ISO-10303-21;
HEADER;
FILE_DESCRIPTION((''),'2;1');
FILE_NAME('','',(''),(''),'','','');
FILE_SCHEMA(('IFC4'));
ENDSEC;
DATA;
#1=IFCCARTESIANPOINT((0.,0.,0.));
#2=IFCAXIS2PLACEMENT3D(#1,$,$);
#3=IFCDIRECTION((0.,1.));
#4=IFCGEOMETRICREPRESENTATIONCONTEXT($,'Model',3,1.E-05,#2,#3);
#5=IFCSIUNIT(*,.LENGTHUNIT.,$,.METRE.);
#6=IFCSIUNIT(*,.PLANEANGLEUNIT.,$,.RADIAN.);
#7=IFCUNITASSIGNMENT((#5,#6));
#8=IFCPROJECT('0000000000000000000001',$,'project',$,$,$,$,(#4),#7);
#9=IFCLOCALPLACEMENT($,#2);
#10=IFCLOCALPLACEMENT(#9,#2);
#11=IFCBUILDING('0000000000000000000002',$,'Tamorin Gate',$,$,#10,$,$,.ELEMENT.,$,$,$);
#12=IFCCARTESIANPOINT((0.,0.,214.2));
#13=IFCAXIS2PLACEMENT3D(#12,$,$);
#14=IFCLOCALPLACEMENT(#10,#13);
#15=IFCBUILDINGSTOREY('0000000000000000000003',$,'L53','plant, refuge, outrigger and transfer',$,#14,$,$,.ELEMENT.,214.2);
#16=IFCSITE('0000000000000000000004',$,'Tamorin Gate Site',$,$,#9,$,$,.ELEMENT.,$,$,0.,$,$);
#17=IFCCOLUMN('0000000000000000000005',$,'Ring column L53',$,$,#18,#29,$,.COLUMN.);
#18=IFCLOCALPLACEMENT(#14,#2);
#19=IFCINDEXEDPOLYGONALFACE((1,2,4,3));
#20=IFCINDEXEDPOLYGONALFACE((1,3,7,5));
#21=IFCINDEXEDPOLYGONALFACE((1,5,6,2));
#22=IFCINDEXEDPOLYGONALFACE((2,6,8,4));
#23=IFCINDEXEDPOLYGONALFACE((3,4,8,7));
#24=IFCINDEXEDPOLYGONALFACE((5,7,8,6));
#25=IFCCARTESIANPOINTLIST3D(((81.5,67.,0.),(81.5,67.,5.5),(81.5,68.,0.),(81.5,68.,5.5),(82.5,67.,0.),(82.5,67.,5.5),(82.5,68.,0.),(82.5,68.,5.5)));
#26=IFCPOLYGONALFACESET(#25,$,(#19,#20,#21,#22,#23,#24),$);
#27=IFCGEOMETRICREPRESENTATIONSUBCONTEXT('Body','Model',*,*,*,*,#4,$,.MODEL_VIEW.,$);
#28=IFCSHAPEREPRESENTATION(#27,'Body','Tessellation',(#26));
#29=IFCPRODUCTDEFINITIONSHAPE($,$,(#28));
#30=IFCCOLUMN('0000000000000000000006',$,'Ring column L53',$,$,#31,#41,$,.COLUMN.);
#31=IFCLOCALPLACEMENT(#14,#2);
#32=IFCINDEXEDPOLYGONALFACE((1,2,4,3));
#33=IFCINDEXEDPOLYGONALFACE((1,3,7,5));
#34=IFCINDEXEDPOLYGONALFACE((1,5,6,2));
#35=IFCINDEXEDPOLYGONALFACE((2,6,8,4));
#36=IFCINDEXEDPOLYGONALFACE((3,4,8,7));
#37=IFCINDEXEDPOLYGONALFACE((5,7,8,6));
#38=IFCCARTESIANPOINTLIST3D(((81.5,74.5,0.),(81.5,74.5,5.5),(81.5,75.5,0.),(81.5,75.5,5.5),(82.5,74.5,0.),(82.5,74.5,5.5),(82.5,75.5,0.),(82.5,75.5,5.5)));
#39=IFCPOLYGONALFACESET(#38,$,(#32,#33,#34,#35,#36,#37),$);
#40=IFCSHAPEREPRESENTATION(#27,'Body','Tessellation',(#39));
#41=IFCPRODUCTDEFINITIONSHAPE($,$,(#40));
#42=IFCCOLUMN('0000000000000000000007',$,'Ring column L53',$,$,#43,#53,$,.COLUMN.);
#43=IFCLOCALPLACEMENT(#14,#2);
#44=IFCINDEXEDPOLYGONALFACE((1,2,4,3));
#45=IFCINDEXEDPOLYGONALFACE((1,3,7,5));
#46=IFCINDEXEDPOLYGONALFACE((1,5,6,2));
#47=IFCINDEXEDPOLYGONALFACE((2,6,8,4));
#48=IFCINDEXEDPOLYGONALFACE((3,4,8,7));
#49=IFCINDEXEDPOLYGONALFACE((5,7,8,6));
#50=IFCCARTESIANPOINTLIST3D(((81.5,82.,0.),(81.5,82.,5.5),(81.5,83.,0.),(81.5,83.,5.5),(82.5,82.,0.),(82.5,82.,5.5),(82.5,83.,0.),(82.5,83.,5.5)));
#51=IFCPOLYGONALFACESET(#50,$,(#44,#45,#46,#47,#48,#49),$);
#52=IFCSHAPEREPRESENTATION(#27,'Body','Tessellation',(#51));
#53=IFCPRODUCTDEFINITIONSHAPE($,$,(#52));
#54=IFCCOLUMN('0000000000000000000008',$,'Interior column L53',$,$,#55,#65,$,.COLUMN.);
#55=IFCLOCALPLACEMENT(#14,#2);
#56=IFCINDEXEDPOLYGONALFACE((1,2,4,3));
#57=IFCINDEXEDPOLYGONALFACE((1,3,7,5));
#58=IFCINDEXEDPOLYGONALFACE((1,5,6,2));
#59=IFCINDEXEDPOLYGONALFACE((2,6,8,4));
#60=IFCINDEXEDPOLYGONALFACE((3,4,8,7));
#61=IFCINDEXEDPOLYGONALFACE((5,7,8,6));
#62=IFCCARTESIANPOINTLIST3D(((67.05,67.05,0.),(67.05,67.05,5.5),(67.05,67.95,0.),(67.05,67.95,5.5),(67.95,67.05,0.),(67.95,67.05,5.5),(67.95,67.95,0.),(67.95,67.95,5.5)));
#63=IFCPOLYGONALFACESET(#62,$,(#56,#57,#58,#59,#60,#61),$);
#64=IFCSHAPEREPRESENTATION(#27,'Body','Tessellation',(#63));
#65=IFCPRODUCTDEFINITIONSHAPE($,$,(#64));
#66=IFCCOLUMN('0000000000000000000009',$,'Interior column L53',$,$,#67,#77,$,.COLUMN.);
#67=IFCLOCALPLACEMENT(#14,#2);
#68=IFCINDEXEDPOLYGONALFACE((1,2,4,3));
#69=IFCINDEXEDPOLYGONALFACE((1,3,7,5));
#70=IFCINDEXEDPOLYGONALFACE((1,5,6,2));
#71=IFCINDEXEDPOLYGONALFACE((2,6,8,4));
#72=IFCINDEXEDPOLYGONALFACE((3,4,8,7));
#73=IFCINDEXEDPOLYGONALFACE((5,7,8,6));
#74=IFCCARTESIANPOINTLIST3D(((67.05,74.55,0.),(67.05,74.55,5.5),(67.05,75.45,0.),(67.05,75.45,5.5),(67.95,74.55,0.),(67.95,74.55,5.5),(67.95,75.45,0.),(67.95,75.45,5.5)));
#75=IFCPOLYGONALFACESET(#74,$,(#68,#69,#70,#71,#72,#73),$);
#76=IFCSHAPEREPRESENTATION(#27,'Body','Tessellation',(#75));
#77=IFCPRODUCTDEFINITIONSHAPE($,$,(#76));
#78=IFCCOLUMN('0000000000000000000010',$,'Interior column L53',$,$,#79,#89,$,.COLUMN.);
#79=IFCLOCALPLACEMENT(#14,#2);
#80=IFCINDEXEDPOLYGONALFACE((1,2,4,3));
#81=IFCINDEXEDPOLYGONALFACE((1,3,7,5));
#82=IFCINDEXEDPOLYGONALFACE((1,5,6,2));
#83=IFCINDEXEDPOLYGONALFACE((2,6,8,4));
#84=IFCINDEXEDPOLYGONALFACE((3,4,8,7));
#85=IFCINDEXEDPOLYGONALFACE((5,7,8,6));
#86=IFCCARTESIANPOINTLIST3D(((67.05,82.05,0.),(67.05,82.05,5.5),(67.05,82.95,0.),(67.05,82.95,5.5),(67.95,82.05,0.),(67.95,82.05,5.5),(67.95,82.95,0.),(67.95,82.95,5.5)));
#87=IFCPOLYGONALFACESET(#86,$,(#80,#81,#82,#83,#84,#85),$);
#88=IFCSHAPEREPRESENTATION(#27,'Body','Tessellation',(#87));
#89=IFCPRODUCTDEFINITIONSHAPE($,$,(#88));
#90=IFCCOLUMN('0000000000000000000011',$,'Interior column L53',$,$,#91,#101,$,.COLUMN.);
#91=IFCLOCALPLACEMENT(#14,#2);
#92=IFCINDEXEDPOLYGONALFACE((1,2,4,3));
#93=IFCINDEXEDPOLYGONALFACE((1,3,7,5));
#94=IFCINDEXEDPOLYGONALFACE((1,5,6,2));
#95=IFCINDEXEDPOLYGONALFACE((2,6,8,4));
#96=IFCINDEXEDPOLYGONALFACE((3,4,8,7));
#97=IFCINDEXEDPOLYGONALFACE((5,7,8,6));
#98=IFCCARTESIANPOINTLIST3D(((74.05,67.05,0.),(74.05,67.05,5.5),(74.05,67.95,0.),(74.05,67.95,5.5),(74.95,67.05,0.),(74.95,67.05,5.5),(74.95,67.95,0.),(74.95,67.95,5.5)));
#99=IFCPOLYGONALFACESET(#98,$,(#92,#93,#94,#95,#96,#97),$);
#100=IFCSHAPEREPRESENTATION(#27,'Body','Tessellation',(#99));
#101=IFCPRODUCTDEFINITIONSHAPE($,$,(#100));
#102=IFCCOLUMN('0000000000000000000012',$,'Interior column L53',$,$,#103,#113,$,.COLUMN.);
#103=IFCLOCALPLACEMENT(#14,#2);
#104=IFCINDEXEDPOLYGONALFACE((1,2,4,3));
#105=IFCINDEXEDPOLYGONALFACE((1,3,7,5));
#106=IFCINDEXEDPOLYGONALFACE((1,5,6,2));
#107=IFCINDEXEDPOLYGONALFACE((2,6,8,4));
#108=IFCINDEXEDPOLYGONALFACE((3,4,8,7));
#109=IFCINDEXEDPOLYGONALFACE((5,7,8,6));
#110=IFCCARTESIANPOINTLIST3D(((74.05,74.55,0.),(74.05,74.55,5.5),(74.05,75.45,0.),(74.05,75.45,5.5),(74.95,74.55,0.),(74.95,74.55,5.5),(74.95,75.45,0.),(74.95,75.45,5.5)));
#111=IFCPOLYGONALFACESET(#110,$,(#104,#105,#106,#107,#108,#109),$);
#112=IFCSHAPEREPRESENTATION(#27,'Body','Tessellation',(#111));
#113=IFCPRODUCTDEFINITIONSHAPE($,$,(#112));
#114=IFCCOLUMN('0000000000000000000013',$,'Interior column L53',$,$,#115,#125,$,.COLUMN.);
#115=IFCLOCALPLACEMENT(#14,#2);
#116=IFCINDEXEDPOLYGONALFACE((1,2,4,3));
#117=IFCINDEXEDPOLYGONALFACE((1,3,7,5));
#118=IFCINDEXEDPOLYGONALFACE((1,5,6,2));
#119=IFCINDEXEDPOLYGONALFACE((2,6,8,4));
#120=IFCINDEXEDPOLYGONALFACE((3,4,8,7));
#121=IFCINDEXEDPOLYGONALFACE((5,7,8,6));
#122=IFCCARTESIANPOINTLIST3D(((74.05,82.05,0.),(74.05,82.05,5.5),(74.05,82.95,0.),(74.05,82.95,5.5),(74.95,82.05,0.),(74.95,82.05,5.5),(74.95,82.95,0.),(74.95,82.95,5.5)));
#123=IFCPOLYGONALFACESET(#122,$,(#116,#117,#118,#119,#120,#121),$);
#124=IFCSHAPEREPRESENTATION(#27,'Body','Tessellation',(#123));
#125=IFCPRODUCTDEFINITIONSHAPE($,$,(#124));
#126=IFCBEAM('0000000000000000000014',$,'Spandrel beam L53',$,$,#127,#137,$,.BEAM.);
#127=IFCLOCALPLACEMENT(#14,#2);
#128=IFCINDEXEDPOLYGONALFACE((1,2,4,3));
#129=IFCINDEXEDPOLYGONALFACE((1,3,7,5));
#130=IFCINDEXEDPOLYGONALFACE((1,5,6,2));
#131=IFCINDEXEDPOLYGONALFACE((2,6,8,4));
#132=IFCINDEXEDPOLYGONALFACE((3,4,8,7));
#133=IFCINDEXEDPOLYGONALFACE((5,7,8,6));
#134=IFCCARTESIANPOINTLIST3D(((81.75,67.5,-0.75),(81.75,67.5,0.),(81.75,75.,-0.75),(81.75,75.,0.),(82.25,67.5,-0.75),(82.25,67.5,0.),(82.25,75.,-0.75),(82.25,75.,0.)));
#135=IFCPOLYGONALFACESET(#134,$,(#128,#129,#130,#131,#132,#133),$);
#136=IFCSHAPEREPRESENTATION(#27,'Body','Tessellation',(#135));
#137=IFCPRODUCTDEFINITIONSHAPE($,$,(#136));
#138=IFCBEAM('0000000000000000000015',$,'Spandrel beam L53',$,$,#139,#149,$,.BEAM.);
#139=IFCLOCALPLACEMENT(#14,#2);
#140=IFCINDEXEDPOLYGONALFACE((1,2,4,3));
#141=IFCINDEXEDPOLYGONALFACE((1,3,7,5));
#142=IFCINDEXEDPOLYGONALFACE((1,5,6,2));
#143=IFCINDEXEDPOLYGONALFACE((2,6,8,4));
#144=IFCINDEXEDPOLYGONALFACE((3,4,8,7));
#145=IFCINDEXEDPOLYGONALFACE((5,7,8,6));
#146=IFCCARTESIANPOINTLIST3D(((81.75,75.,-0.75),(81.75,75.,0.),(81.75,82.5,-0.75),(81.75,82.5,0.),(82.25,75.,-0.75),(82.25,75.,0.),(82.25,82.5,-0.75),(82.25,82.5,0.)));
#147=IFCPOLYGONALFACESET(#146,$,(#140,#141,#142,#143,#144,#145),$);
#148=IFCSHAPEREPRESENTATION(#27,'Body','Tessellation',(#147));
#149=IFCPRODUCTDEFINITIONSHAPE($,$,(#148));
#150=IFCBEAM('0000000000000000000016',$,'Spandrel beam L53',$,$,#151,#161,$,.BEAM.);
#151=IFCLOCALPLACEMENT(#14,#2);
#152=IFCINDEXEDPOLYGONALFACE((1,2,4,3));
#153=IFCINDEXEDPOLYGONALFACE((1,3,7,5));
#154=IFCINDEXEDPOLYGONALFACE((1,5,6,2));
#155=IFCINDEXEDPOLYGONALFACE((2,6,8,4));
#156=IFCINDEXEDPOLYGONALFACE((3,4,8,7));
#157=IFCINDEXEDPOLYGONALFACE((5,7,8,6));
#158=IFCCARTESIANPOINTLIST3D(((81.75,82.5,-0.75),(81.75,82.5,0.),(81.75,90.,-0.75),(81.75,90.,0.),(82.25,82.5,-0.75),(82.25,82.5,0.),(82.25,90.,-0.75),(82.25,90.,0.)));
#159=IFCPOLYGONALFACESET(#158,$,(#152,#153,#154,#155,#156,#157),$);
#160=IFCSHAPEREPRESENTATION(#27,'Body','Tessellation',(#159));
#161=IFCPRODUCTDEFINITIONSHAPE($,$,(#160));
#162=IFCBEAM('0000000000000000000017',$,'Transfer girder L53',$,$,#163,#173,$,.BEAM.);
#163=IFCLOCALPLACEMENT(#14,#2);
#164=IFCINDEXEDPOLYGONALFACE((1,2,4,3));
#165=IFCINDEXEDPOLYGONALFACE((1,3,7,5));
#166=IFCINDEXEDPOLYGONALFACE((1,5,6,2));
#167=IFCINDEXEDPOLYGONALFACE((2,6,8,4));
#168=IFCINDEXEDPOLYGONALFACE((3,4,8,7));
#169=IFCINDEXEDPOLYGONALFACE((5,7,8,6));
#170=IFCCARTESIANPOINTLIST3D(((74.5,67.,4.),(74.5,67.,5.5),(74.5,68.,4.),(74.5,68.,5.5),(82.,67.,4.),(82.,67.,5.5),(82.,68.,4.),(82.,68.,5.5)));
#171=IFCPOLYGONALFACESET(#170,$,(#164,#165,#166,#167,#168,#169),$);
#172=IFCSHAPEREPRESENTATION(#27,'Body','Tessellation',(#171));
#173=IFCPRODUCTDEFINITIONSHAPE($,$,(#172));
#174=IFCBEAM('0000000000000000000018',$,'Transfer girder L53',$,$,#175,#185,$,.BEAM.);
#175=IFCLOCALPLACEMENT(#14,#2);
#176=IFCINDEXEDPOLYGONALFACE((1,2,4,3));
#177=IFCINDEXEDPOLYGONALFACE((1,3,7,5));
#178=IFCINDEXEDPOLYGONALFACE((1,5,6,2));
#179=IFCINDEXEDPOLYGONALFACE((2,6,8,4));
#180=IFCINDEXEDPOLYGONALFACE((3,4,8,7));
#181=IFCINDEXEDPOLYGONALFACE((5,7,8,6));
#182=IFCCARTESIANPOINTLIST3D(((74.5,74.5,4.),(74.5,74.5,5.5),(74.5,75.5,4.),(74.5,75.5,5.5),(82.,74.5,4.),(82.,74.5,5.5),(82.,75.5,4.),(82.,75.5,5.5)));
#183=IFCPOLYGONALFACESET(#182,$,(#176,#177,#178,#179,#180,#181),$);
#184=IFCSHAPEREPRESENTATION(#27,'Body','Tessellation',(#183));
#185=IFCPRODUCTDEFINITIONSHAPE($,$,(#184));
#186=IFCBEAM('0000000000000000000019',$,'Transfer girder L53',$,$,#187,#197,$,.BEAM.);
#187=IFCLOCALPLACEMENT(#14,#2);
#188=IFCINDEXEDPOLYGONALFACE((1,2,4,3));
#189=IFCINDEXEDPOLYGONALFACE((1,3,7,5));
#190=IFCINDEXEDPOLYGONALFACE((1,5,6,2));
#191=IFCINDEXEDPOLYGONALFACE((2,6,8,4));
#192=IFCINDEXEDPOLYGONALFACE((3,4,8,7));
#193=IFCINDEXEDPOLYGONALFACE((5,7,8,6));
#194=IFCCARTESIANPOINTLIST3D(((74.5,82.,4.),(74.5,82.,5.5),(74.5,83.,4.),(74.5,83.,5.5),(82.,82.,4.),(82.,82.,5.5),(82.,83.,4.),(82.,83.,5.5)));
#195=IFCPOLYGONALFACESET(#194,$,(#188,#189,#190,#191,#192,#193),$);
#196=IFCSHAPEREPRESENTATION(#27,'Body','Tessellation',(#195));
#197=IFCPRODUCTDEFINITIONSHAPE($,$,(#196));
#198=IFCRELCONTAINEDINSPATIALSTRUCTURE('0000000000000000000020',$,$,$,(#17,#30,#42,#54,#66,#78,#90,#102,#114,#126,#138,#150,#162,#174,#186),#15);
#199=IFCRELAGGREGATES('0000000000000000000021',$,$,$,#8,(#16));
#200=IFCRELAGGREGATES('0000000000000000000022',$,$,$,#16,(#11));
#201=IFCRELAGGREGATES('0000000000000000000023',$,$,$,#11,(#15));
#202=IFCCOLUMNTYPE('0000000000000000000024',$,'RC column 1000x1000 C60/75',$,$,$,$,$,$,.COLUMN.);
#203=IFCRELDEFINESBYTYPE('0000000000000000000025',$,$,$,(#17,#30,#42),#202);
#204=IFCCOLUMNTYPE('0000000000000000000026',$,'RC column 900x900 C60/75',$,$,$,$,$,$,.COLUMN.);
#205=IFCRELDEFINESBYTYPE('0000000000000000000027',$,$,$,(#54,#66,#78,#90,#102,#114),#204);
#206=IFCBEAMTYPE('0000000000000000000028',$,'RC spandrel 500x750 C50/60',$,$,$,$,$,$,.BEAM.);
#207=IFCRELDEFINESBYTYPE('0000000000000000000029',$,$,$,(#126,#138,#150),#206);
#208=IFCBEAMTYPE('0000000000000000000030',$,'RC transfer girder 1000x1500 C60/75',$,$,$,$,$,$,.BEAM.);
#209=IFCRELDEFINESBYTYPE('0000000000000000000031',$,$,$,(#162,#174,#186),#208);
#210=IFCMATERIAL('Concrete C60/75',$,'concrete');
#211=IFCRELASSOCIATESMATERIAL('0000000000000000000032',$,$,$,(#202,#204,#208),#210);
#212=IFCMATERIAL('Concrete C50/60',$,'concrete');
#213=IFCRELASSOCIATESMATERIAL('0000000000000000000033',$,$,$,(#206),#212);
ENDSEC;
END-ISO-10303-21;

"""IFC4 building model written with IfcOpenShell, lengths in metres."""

from ifc_helpers import new_model, si_unit, direction, frame, origin, origin_2d, place, context, subcontext, project, spatial, rectangle, extrude, material, material_profile, profile_set, type_object, element, save


model = new_model("IFC4")

# Units and contexts
model_context = context("Model", 3, precision=1e-05, world=origin(), true_north=direction((0.0, 1.0)))
body_context = subcontext(model_context, "Body", "Model", "MODEL_VIEW")
ifc_project = project(units=[si_unit("LENGTHUNIT", "METRE"), si_unit("PLANEANGLEUNIT", "RADIAN")], contexts=[model_context])

# Site, building, storey
site_placement = place(None, origin())
site = spatial("IfcSite", under=ifc_project, at=site_placement, Name="Tamorin Gate Site", CompositionType="ELEMENT", RefElevation=0.0)
building_placement = place(site_placement, origin())
building = spatial("IfcBuilding", under=site, at=building_placement, Name="Tamorin Gate", CompositionType="ELEMENT")
storey_placement = place(building_placement, frame((0.0, 0.0, 214.2)))
storey = spatial("IfcBuildingStorey", under=building, at=storey_placement, Name="L53", Description="plant, refuge, outrigger and transfer", CompositionType="ELEMENT", Elevation=214.2)

# Columns
ifc_material_1 = material(Name="Concrete C60/75", Category="concrete")
ifc_material_profile_1 = material_profile(ifc_material_1, rectangle(XDim=1.0, YDim=1.0, at=origin_2d()), Name="RC 1000x1000")
ifc_profile_set_1 = profile_set([ifc_material_profile_1], Name="Concrete C60/75")
column_type_1 = type_object("IfcColumnType", Name="RC column 1000x1000 C60/75", PredefinedType="COLUMN", material=ifc_profile_set_1)
for number, where, z_axis, x_axis, name in (
    (1, (82.0, 67.5, 0.0), (0.0, 0.0, 1.0), (1.0, 0.0, 0.0), "Ring column L53"),
    (2, (82.0, 75.0, 0.0), (0.0, 0.0, 1.0), (1.0, 0.0, 0.0), "Ring column L53"),
    (3, (82.0, 82.5, 0.0), (0.0, 0.0, 1.0), (1.0, 0.0, 0.0), "Ring column L53"),
):
    element("IfcColumn", number, at=place(storey_placement, frame(where, z_axis=z_axis, x_axis=x_axis)), inside=storey, type_object=column_type_1, Name=name, PredefinedType="COLUMN", context=body_context, shape_type="SweptSolid", body=[
        extrude(rectangle(XDim=1.0, YDim=1.0, at=origin_2d()), origin(), (0.0, 0.0, 1.0), 5.5),
    ])
ifc_material_profile_2 = material_profile(ifc_material_1, rectangle(XDim=0.8999, YDim=0.8999, at=origin_2d()), Name="RC 900x900")
ifc_profile_set_2 = profile_set([ifc_material_profile_2], Name="Concrete C60/75")
column_type_2 = type_object("IfcColumnType", Name="RC column 900x900 C60/75", PredefinedType="COLUMN", material=ifc_profile_set_2)
for number, where, z_axis, x_axis, name in (
    (4, (67.5, 67.5, 0.0), (0.0, 0.0, 1.0), (1.0, 0.0, 0.0), "Interior column L53"),
    (5, (67.5, 75.0, 0.0), (0.0, 0.0, 1.0), (1.0, 0.0, 0.0), "Interior column L53"),
    (6, (67.5, 82.5, 0.0), (0.0, 0.0, 1.0), (1.0, 0.0, 0.0), "Interior column L53"),
    (7, (74.5, 67.5, 0.0), (0.0, 0.0, 1.0), (1.0, 0.0, 0.0), "Interior column L53"),
    (8, (74.5, 75.0, 0.0), (0.0, 0.0, 1.0), (1.0, 0.0, 0.0), "Interior column L53"),
    (9, (74.5, 82.5, 0.0), (0.0, 0.0, 1.0), (1.0, 0.0, 0.0), "Interior column L53"),
):
    element("IfcColumn", number, at=place(storey_placement, frame(where, z_axis=z_axis, x_axis=x_axis)), inside=storey, type_object=column_type_2, Name=name, PredefinedType="COLUMN", context=body_context, shape_type="SweptSolid", body=[
        extrude(rectangle(XDim=0.8999, YDim=0.8999, at=origin_2d()), origin(), (0.0, 0.0, 1.0), 5.5),
    ])

# Beams
ifc_material_2 = material(Name="Concrete C50/60", Category="concrete")
ifc_material_profile_3 = material_profile(ifc_material_2, rectangle(XDim=0.5, YDim=0.75, at=origin_2d()), Name="RC 500x750")
ifc_profile_set_3 = profile_set([ifc_material_profile_3], Name="Concrete C50/60")
beam_type_1 = type_object("IfcBeamType", Name="RC spandrel 500x750 C50/60", PredefinedType="BEAM", material=ifc_profile_set_3)
for number, where, z_axis, x_axis, name in (
    (10, (82.0, 67.5, -0.375), (0.0, 1.0, 0.0), (-1.0, 0.0, 0.0), "Spandrel beam L53"),
    (11, (82.0, 75.0, -0.375), (0.0, 1.0, 0.0), (-1.0, 0.0, 0.0), "Spandrel beam L53"),
    (12, (82.0, 82.5, -0.375), (0.0, 1.0, 0.0), (-1.0, 0.0, 0.0), "Spandrel beam L53"),
):
    element("IfcBeam", number, at=place(storey_placement, frame(where, z_axis=z_axis, x_axis=x_axis)), inside=storey, type_object=beam_type_1, Name=name, PredefinedType="BEAM", context=body_context, shape_type="SweptSolid", body=[
        extrude(rectangle(XDim=0.5, YDim=0.75, at=origin_2d()), origin(), (0.0, 0.0, 1.0), 7.5),
    ])
ifc_material_profile_4 = material_profile(ifc_material_1, rectangle(XDim=1.0, YDim=1.5, at=origin_2d()), Name="RC 1000x1500")
ifc_profile_set_4 = profile_set([ifc_material_profile_4], Name="Concrete C60/75")
beam_type_2 = type_object("IfcBeamType", Name="RC transfer girder 1000x1500 C60/75", PredefinedType="BEAM", material=ifc_profile_set_4)
for number, where, z_axis, x_axis, name in (
    (13, (74.5, 67.5, 4.75), (1.0, 0.0, 0.0), (0.0, 1.0, 0.0), "Transfer girder L53"),
    (14, (74.5, 75.0, 4.75), (1.0, 0.0, 0.0), (0.0, 1.0, 0.0), "Transfer girder L53"),
    (15, (74.5, 82.5, 4.75), (1.0, 0.0, 0.0), (0.0, 1.0, 0.0), "Transfer girder L53"),
):
    element("IfcBeam", number, at=place(storey_placement, frame(where, z_axis=z_axis, x_axis=x_axis)), inside=storey, type_object=beam_type_2, Name=name, PredefinedType="BEAM", context=body_context, shape_type="SweptSolid", body=[
        extrude(rectangle(XDim=1.0, YDim=1.5, at=origin_2d()), origin(), (0.0, 0.0, 1.0), 7.5),
    ])

save(model, "model.ifc")
